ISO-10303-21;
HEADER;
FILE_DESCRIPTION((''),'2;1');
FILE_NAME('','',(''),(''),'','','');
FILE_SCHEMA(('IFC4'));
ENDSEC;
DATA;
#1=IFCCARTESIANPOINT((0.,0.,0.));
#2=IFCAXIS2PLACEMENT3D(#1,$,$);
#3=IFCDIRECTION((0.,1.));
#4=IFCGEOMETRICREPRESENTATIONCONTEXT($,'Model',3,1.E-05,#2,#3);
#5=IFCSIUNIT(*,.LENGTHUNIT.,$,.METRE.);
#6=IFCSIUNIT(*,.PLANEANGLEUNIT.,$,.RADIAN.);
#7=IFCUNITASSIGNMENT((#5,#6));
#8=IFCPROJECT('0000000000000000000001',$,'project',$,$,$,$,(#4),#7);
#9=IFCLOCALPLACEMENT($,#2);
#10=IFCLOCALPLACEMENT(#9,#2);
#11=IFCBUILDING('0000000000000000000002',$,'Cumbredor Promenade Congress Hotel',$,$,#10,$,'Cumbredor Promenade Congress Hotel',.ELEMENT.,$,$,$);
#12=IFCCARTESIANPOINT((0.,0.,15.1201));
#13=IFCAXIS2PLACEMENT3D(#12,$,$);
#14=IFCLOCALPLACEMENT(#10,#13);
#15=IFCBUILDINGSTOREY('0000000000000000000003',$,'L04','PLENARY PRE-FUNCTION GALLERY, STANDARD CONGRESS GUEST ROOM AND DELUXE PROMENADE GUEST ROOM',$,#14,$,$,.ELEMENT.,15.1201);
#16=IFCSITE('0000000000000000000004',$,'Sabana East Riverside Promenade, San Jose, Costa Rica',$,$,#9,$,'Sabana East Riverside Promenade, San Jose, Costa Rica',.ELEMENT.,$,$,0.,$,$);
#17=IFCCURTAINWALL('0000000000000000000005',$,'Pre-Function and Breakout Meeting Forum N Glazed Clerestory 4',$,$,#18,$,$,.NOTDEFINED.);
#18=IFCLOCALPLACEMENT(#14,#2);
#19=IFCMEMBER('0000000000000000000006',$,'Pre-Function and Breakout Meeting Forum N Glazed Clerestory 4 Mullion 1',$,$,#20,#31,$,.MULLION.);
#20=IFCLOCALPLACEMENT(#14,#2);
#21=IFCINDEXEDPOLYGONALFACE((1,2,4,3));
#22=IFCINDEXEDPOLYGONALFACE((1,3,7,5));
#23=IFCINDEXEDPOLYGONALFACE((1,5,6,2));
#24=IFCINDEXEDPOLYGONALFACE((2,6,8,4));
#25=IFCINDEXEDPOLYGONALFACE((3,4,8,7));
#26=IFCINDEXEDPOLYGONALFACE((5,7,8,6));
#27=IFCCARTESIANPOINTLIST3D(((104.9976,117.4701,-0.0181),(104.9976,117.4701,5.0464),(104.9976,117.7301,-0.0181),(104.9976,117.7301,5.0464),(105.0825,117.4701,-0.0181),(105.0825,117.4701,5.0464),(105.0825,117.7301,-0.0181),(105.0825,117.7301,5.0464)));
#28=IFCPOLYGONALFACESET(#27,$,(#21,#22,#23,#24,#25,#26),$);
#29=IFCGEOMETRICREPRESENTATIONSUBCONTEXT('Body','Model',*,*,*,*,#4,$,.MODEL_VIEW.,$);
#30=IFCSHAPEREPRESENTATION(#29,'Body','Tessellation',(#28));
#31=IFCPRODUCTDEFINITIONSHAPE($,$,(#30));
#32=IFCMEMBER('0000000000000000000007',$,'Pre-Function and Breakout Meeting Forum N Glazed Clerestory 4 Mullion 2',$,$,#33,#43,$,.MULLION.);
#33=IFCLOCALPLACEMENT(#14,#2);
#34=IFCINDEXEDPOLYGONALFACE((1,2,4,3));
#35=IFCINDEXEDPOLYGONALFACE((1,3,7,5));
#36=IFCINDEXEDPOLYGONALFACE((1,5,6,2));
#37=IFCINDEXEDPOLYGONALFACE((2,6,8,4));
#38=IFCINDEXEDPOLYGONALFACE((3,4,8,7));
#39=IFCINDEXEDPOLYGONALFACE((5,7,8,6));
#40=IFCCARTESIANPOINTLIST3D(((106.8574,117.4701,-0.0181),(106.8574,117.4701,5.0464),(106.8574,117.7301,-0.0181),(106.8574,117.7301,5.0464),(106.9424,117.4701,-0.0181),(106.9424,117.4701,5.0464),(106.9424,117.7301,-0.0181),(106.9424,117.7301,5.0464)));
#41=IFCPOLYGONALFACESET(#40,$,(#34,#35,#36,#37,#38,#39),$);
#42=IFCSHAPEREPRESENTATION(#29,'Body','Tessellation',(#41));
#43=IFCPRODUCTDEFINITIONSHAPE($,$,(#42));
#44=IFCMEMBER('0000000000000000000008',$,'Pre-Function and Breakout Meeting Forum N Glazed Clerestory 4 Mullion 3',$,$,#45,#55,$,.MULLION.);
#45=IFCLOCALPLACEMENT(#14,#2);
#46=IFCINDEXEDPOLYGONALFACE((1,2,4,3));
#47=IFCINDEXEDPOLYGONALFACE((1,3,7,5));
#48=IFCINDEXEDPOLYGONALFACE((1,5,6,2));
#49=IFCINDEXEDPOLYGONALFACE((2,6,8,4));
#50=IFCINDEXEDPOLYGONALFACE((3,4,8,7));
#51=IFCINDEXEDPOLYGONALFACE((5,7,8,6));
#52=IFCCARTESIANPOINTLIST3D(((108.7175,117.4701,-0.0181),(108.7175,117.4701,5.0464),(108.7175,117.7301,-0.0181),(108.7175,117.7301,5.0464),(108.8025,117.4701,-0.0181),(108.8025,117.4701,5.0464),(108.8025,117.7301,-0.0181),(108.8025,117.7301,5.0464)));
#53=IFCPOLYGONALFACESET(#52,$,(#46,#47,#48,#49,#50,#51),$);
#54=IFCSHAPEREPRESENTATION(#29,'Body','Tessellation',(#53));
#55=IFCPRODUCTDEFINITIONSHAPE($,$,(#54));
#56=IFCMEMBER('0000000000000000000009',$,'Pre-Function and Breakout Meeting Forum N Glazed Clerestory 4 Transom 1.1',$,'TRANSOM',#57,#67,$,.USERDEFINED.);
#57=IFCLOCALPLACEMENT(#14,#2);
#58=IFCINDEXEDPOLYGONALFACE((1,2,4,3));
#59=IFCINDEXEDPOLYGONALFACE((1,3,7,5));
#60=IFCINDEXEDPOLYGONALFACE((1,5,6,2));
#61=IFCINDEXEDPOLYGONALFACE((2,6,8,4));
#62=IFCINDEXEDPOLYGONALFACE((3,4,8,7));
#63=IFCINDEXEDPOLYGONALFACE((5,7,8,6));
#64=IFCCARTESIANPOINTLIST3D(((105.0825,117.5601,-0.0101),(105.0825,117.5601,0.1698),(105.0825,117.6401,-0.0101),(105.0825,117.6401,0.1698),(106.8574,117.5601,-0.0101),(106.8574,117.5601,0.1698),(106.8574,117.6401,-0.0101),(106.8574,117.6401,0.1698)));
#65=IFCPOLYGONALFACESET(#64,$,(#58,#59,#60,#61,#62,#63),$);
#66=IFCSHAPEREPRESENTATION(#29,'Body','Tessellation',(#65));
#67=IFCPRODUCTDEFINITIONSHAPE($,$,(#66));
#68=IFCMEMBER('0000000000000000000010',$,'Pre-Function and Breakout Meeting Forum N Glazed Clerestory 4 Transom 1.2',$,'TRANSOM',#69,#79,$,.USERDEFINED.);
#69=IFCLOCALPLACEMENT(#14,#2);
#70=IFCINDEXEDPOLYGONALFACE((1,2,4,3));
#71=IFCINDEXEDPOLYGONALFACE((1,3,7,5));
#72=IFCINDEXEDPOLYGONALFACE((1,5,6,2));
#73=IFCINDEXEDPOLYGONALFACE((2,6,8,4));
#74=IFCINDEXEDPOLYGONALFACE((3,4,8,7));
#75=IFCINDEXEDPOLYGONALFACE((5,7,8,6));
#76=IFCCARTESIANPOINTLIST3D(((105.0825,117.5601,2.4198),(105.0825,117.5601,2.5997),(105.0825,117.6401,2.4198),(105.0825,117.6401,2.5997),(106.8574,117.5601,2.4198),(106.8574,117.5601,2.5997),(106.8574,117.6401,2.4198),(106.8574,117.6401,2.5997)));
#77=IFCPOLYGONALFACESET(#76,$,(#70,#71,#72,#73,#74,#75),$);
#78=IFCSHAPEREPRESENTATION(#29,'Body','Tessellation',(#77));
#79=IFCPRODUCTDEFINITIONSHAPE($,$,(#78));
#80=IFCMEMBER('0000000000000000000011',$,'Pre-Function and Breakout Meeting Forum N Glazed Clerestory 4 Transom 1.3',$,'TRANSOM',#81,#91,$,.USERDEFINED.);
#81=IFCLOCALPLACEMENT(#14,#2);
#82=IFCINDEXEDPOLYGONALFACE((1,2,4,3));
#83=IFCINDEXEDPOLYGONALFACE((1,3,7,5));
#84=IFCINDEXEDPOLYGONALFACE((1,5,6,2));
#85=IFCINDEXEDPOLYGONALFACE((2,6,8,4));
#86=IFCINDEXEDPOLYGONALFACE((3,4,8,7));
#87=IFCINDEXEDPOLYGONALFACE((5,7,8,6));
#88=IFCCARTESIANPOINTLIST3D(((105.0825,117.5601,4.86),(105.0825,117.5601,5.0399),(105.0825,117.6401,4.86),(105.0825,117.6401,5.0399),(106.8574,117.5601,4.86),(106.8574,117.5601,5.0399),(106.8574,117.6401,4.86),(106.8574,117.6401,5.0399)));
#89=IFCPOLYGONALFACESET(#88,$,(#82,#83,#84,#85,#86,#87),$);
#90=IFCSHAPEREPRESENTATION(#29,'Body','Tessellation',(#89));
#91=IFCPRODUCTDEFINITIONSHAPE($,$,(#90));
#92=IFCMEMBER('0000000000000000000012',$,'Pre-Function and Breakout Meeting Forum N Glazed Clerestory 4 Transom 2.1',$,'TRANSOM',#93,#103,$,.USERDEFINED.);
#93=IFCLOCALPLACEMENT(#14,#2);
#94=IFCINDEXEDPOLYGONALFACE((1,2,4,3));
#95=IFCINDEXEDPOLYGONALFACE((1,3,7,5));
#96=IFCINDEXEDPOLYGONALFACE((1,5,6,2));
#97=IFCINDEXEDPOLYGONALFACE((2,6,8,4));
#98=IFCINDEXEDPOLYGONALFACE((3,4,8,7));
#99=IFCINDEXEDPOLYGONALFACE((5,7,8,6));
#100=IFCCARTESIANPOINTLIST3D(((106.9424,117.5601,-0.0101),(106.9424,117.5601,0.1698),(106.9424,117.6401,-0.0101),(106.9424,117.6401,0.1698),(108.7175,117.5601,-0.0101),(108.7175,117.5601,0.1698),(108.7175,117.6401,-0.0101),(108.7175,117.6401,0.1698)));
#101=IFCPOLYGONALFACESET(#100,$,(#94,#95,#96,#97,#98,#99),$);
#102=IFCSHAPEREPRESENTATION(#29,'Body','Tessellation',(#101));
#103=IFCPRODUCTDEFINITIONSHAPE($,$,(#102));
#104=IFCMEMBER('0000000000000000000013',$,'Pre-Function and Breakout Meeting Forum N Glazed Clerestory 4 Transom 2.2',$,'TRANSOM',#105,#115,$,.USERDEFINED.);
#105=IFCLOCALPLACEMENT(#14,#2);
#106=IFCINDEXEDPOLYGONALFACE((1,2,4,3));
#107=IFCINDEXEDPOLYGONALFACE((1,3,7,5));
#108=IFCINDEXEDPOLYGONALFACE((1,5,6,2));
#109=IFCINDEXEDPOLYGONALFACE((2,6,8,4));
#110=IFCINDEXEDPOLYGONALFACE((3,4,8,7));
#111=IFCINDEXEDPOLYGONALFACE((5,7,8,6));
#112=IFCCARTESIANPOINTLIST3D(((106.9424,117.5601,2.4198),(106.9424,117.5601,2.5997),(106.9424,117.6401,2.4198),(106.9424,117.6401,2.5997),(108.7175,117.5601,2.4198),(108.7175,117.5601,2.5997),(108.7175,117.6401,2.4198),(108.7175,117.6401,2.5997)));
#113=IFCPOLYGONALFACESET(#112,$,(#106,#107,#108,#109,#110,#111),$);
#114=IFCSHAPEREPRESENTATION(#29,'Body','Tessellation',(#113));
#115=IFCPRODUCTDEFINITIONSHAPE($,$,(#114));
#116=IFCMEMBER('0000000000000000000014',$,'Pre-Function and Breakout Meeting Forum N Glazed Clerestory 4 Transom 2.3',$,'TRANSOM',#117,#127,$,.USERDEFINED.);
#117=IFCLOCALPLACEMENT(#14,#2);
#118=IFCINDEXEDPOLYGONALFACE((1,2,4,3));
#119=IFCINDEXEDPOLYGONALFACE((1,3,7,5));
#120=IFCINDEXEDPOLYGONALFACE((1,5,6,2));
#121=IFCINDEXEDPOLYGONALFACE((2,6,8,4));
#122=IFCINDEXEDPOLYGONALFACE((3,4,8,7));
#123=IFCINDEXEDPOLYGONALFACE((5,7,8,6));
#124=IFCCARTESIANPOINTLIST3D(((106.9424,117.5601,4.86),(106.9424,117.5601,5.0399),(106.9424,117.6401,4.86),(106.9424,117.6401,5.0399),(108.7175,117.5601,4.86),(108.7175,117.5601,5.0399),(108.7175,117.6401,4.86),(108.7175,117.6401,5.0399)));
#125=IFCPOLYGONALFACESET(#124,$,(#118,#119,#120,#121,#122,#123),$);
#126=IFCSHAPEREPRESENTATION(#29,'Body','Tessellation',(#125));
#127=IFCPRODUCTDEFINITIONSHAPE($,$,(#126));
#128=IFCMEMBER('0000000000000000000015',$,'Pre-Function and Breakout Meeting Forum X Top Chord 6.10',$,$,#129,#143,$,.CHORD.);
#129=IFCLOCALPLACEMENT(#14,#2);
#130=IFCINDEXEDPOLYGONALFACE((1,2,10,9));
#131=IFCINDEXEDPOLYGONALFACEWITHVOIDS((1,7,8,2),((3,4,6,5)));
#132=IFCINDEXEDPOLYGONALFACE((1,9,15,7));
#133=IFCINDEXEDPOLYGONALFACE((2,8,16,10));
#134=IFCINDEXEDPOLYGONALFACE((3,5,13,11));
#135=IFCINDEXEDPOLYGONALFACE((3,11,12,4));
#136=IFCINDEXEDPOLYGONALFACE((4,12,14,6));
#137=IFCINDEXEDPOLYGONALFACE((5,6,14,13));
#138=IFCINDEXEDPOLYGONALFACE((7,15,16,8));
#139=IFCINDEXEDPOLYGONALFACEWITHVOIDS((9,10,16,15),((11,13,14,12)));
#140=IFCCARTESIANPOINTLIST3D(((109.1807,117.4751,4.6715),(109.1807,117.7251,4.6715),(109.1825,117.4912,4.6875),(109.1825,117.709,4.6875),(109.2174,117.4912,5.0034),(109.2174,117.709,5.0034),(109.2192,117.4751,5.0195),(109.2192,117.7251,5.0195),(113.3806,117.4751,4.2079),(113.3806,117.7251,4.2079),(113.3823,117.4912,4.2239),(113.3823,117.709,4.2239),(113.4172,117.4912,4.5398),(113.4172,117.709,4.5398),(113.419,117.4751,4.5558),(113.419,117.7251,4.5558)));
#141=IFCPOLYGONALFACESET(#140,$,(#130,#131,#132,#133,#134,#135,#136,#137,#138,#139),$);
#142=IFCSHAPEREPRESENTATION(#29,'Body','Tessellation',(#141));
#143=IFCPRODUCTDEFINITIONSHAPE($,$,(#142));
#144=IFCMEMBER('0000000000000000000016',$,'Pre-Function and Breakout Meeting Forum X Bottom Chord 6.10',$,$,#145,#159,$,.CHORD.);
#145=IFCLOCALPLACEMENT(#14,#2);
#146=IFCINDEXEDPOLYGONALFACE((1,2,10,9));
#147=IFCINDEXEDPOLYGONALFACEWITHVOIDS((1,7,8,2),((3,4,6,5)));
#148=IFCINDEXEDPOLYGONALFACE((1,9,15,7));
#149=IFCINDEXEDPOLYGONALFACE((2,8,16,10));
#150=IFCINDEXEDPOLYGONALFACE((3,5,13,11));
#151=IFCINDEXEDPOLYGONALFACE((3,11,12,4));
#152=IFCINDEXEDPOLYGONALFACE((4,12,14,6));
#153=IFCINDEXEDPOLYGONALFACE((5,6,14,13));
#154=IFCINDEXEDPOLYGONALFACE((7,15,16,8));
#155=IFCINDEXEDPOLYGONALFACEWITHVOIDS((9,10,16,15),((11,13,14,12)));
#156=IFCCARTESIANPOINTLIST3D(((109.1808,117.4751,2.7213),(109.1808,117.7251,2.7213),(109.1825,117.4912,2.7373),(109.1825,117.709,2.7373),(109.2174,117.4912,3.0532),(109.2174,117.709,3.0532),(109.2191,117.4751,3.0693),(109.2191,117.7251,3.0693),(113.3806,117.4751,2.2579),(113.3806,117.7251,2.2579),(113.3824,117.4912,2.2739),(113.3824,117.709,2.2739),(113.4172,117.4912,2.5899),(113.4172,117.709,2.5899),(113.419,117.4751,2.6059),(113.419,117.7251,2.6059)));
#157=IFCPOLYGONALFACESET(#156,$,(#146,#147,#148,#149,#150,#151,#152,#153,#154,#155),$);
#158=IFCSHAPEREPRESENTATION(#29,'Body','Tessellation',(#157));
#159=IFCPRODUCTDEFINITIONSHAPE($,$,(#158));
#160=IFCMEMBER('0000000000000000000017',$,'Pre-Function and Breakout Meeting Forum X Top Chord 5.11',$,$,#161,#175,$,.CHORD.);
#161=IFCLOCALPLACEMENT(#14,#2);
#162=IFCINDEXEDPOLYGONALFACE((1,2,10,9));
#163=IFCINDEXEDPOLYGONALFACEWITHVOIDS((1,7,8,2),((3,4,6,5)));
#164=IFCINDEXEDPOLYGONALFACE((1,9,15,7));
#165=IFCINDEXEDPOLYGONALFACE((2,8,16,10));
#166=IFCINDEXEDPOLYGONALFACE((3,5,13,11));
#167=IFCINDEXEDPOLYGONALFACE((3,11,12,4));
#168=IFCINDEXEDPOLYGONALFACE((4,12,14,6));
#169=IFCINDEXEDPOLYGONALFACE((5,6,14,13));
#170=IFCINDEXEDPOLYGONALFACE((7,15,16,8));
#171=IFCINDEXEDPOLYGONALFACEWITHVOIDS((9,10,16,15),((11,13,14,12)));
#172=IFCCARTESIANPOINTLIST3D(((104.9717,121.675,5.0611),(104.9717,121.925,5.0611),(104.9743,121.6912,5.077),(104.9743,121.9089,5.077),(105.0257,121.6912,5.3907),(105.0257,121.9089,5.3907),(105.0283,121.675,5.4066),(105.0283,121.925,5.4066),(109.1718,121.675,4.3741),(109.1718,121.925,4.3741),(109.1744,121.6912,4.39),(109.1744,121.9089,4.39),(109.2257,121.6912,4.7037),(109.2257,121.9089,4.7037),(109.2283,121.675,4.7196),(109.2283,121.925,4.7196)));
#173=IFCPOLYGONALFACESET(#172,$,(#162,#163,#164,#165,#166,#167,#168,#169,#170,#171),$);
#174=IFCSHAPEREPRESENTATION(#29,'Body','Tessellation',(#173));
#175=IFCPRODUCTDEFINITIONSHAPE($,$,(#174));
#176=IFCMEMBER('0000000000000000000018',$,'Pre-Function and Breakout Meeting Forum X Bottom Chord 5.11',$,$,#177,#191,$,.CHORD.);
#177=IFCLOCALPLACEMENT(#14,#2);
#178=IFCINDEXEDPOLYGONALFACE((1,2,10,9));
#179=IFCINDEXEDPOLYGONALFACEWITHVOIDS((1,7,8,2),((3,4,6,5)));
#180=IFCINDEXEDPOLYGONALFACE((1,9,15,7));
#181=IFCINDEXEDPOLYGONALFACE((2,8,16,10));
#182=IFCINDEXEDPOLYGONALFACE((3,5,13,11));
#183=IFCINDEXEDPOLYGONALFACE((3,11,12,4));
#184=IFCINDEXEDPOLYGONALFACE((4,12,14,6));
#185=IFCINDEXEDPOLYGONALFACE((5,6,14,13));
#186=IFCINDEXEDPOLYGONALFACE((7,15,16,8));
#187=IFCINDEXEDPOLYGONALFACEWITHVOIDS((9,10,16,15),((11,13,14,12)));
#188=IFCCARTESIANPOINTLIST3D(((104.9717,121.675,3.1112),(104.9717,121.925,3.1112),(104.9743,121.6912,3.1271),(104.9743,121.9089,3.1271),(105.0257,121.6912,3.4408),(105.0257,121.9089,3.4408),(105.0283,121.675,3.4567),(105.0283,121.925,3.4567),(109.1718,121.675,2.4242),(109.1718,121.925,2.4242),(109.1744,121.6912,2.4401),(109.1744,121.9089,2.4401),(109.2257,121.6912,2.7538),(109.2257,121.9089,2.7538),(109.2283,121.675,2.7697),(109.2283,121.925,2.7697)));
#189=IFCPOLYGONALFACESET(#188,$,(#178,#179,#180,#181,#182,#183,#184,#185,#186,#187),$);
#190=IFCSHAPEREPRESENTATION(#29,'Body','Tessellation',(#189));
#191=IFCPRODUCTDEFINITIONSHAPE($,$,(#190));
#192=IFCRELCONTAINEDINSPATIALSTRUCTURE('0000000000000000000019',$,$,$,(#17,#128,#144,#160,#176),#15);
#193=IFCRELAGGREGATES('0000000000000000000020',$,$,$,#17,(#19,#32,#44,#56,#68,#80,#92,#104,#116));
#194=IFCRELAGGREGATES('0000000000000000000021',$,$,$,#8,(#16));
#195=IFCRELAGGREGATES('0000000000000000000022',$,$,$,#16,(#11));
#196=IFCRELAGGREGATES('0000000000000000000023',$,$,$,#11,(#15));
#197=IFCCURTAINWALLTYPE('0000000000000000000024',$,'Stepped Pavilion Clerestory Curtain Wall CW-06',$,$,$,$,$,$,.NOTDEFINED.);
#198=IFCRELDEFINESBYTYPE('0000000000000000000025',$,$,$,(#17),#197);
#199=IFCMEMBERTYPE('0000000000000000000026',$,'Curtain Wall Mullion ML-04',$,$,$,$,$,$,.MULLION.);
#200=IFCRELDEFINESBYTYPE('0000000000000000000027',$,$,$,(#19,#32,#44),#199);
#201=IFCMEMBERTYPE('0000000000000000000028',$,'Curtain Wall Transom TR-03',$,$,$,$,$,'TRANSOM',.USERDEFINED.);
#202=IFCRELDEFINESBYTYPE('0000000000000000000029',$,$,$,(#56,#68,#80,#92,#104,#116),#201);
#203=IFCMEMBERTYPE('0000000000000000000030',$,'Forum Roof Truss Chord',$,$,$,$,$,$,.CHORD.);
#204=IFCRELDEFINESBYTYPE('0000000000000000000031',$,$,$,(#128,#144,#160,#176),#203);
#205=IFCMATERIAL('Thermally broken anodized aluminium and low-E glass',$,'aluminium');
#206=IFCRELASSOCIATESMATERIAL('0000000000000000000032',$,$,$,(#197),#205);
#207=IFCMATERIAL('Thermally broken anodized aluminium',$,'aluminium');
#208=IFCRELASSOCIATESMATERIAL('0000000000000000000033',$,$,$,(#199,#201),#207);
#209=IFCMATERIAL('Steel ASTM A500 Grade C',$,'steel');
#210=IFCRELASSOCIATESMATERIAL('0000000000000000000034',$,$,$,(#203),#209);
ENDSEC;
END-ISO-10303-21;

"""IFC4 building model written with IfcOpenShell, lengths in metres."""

from ifc_helpers import new_model, si_unit, direction, frame, origin, origin_2d, place, context, subcontext, project, spatial, rectangle, hollow_rectangle, extrude, material, material_profile, profile_set, type_object, element, aggregate, save


model = new_model("IFC4")

# Units and contexts
model_context = context("Model", 3, precision=1e-05, world=origin(), true_north=direction((0.0, 1.0)))
body_context = subcontext(model_context, "Body", "Model", "MODEL_VIEW")
ifc_project = project(units=[si_unit("LENGTHUNIT", "METRE"), si_unit("PLANEANGLEUNIT", "RADIAN")], contexts=[model_context])

# Site, building, storey
site_placement = place(None, origin())
site = spatial("IfcSite", under=ifc_project, at=site_placement, Name="Sabana East Riverside Promenade, San Jose, Costa Rica", LongName="Sabana East Riverside Promenade, San Jose, Costa Rica", CompositionType="ELEMENT", RefElevation=0.0)
building_placement = place(site_placement, origin())
building = spatial("IfcBuilding", under=site, at=building_placement, Name="Cumbredor Promenade Congress Hotel", LongName="Cumbredor Promenade Congress Hotel", CompositionType="ELEMENT")
storey_placement = place(building_placement, frame((0.0, 0.0, 15.1201)))
storey = spatial("IfcBuildingStorey", under=building, at=storey_placement, Name="L04", Description="PLENARY PRE-FUNCTION GALLERY, STANDARD CONGRESS GUEST ROOM AND DELUXE PROMENADE GUEST ROOM", CompositionType="ELEMENT", Elevation=15.1201)

# Curtain wall, members
ifc_material_1 = material(Name="Thermally broken anodized aluminium and low-E glass", Category="aluminium")
curtain_wall_type = type_object("IfcCurtainWallType", Name="Stepped Pavilion Clerestory Curtain Wall CW-06", PredefinedType="NOTDEFINED", material=ifc_material_1)
curtain_wall_placement = place(storey_placement, origin())
curtain_wall = element("IfcCurtainWall", 1, at=curtain_wall_placement, inside=storey, type_object=curtain_wall_type, Name="Pre-Function and Breakout Meeting Forum N Glazed Clerestory 4", PredefinedType="NOTDEFINED")
ifc_material_2 = material(Name="Thermally broken anodized aluminium", Category="aluminium")
ifc_material_profile_1 = material_profile(ifc_material_2, rectangle(XDim=0.085, YDim=0.26, at=origin_2d()), Name="ALU MULLION CLERESTORY 85x260")
ifc_profile_set_1 = profile_set([ifc_material_profile_1], Name="Thermally broken anodized aluminium")
member_type_1 = type_object("IfcMemberType", Name="Curtain Wall Mullion ML-04", PredefinedType="MULLION", material=ifc_profile_set_1)
member_1_placement = place(storey_placement, frame((105.04, 117.6001, -0.0181), z_axis=(0.0, 0.0, 1.0), x_axis=(1.0, 0.0, 0.0)))
member_1 = element("IfcMember", 2, at=member_1_placement, type_object=member_type_1, Name="Pre-Function and Breakout Meeting Forum N Glazed Clerestory 4 Mullion 1", PredefinedType="MULLION", context=body_context, shape_type="SweptSolid", body=[
    extrude(rectangle(XDim=0.085, YDim=0.26, at=origin_2d()), origin(), (0.0, 0.0, 1.0), 5.0645),
])
member_2_placement = place(storey_placement, frame((106.8999, 117.6001, -0.0181), z_axis=(0.0, 0.0, 1.0), x_axis=(1.0, 0.0, 0.0)))
member_2 = element("IfcMember", 3, at=member_2_placement, type_object=member_type_1, Name="Pre-Function and Breakout Meeting Forum N Glazed Clerestory 4 Mullion 2", PredefinedType="MULLION", context=body_context, shape_type="SweptSolid", body=[
    extrude(rectangle(XDim=0.085, YDim=0.26, at=origin_2d()), origin(), (0.0, 0.0, 1.0), 5.0645),
])
member_3_placement = place(storey_placement, frame((108.76, 117.6001, -0.0181), z_axis=(0.0, 0.0, 1.0), x_axis=(1.0, 0.0, 0.0)))
member_3 = element("IfcMember", 4, at=member_3_placement, type_object=member_type_1, Name="Pre-Function and Breakout Meeting Forum N Glazed Clerestory 4 Mullion 3", PredefinedType="MULLION", context=body_context, shape_type="SweptSolid", body=[
    extrude(rectangle(XDim=0.085, YDim=0.26, at=origin_2d()), origin(), (0.0, 0.0, 1.0), 5.0645),
])
ifc_material_profile_2 = material_profile(ifc_material_2, rectangle(XDim=0.0801, YDim=0.1799, at=origin_2d()), Name="ALU TRANSOM 80x180")
ifc_profile_set_2 = profile_set([ifc_material_profile_2], Name="Thermally broken anodized aluminium")
member_type_2 = type_object("IfcMemberType", Name="Curtain Wall Transom TR-03", ElementType="TRANSOM", PredefinedType="USERDEFINED", material=ifc_profile_set_2)
member_4_placement = place(storey_placement, frame((105.0825, 117.6001, 0.0798), z_axis=(1.0, 0.0, 0.0), x_axis=(0.0, 1.0, 0.0)))
member_4 = element("IfcMember", 5, at=member_4_placement, type_object=member_type_2, Name="Pre-Function and Breakout Meeting Forum N Glazed Clerestory 4 Transom 1.1", ObjectType="TRANSOM", PredefinedType="USERDEFINED", context=body_context, shape_type="SweptSolid", body=[
    extrude(rectangle(XDim=0.0801, YDim=0.1799, at=origin_2d()), origin(), (0.0, 0.0, 1.0), 1.7749),
])
member_5_placement = place(storey_placement, frame((105.0825, 117.6001, 2.5098), z_axis=(1.0, 0.0, 0.0), x_axis=(0.0, 1.0, 0.0)))
member_5 = element("IfcMember", 6, at=member_5_placement, type_object=member_type_2, Name="Pre-Function and Breakout Meeting Forum N Glazed Clerestory 4 Transom 1.2", ObjectType="TRANSOM", PredefinedType="USERDEFINED", context=body_context, shape_type="SweptSolid", body=[
    extrude(rectangle(XDim=0.0801, YDim=0.1799, at=origin_2d()), origin(), (0.0, 0.0, 1.0), 1.7749),
])
member_6_placement = place(storey_placement, frame((105.0825, 117.6001, 4.95), z_axis=(1.0, 0.0, 0.0), x_axis=(0.0, 1.0, 0.0)))
member_6 = element("IfcMember", 7, at=member_6_placement, type_object=member_type_2, Name="Pre-Function and Breakout Meeting Forum N Glazed Clerestory 4 Transom 1.3", ObjectType="TRANSOM", PredefinedType="USERDEFINED", context=body_context, shape_type="SweptSolid", body=[
    extrude(rectangle(XDim=0.0801, YDim=0.1799, at=origin_2d()), origin(), (0.0, 0.0, 1.0), 1.7749),
])
member_7_placement = place(storey_placement, frame((106.9424, 117.6001, 0.0798), z_axis=(1.0, 0.0, 0.0), x_axis=(0.0, 1.0, 0.0)))
member_7 = element("IfcMember", 8, at=member_7_placement, type_object=member_type_2, Name="Pre-Function and Breakout Meeting Forum N Glazed Clerestory 4 Transom 2.1", ObjectType="TRANSOM", PredefinedType="USERDEFINED", context=body_context, shape_type="SweptSolid", body=[
    extrude(rectangle(XDim=0.0801, YDim=0.1799, at=origin_2d()), origin(), (0.0, 0.0, 1.0), 1.7751),
])
member_8_placement = place(storey_placement, frame((106.9424, 117.6001, 2.5098), z_axis=(1.0, 0.0, 0.0), x_axis=(0.0, 1.0, 0.0)))
member_8 = element("IfcMember", 9, at=member_8_placement, type_object=member_type_2, Name="Pre-Function and Breakout Meeting Forum N Glazed Clerestory 4 Transom 2.2", ObjectType="TRANSOM", PredefinedType="USERDEFINED", context=body_context, shape_type="SweptSolid", body=[
    extrude(rectangle(XDim=0.0801, YDim=0.1799, at=origin_2d()), origin(), (0.0, 0.0, 1.0), 1.7751),
])
member_9_placement = place(storey_placement, frame((106.9424, 117.6001, 4.95), z_axis=(1.0, 0.0, 0.0), x_axis=(0.0, 1.0, 0.0)))
member_9 = element("IfcMember", 10, at=member_9_placement, type_object=member_type_2, Name="Pre-Function and Breakout Meeting Forum N Glazed Clerestory 4 Transom 2.3", ObjectType="TRANSOM", PredefinedType="USERDEFINED", context=body_context, shape_type="SweptSolid", body=[
    extrude(rectangle(XDim=0.0801, YDim=0.1799, at=origin_2d()), origin(), (0.0, 0.0, 1.0), 1.7751),
])

# Members
ifc_material_3 = material(Name="Steel ASTM A500 Grade C", Category="steel")
ifc_material_profile_3 = material_profile(ifc_material_3, hollow_rectangle(XDim=0.25, YDim=0.3501, WallThickness=0.0161, at=origin_2d()), Name="HSS 350x250x16")
ifc_profile_set_3 = profile_set([ifc_material_profile_3], Name="Steel ASTM A500 Grade C")
member_type_3 = type_object("IfcMemberType", Name="Forum Roof Truss Chord", PredefinedType="CHORD", material=ifc_profile_set_3)
for number, where, z_axis, x_axis, name in (
    (11, (109.2, 117.6001, 4.8455), (0.993962, 0.0, -0.109721), (0.0, 1.0, 0.0), "Pre-Function and Breakout Meeting Forum X Top Chord 6.10"),
    (12, (109.2, 117.6001, 2.8953), (0.993969, 0.0, -0.109664), (0.0, 1.0, 0.0), "Pre-Function and Breakout Meeting Forum X Bottom Chord 6.10"),
):
    element("IfcMember", number, at=place(storey_placement, frame(where, z_axis=z_axis, x_axis=x_axis)), inside=storey, type_object=member_type_3, Name=name, PredefinedType="CHORD", context=body_context, shape_type="SweptSolid", body=[
        extrude(hollow_rectangle(XDim=0.25, YDim=0.3501, WallThickness=0.0161, at=origin_2d()), origin(), (0.0, 0.0, 1.0), 4.2253),
    ])
for number, where, z_axis, x_axis, name in (
    (13, (105.0, 121.8, 5.2339), (0.986884, 0.0, -0.161431), (0.0, 1.0, 0.0), "Pre-Function and Breakout Meeting Forum X Top Chord 5.11"),
    (14, (105.0, 121.8, 3.2839), (0.986884, 0.0, -0.161431), (0.0, 1.0, 0.0), "Pre-Function and Breakout Meeting Forum X Bottom Chord 5.11"),
):
    element("IfcMember", number, at=place(storey_placement, frame(where, z_axis=z_axis, x_axis=x_axis)), inside=storey, type_object=member_type_3, Name=name, PredefinedType="CHORD", context=body_context, shape_type="SweptSolid", body=[
        extrude(hollow_rectangle(XDim=0.25, YDim=0.3501, WallThickness=0.0161, at=origin_2d()), origin(), (0.0, 0.0, 1.0), 4.2559),
    ])

aggregate(curtain_wall, [member_1, member_2, member_3, member_4, member_5, member_6, member_7, member_8, member_9])

save(model, "model.ifc")
